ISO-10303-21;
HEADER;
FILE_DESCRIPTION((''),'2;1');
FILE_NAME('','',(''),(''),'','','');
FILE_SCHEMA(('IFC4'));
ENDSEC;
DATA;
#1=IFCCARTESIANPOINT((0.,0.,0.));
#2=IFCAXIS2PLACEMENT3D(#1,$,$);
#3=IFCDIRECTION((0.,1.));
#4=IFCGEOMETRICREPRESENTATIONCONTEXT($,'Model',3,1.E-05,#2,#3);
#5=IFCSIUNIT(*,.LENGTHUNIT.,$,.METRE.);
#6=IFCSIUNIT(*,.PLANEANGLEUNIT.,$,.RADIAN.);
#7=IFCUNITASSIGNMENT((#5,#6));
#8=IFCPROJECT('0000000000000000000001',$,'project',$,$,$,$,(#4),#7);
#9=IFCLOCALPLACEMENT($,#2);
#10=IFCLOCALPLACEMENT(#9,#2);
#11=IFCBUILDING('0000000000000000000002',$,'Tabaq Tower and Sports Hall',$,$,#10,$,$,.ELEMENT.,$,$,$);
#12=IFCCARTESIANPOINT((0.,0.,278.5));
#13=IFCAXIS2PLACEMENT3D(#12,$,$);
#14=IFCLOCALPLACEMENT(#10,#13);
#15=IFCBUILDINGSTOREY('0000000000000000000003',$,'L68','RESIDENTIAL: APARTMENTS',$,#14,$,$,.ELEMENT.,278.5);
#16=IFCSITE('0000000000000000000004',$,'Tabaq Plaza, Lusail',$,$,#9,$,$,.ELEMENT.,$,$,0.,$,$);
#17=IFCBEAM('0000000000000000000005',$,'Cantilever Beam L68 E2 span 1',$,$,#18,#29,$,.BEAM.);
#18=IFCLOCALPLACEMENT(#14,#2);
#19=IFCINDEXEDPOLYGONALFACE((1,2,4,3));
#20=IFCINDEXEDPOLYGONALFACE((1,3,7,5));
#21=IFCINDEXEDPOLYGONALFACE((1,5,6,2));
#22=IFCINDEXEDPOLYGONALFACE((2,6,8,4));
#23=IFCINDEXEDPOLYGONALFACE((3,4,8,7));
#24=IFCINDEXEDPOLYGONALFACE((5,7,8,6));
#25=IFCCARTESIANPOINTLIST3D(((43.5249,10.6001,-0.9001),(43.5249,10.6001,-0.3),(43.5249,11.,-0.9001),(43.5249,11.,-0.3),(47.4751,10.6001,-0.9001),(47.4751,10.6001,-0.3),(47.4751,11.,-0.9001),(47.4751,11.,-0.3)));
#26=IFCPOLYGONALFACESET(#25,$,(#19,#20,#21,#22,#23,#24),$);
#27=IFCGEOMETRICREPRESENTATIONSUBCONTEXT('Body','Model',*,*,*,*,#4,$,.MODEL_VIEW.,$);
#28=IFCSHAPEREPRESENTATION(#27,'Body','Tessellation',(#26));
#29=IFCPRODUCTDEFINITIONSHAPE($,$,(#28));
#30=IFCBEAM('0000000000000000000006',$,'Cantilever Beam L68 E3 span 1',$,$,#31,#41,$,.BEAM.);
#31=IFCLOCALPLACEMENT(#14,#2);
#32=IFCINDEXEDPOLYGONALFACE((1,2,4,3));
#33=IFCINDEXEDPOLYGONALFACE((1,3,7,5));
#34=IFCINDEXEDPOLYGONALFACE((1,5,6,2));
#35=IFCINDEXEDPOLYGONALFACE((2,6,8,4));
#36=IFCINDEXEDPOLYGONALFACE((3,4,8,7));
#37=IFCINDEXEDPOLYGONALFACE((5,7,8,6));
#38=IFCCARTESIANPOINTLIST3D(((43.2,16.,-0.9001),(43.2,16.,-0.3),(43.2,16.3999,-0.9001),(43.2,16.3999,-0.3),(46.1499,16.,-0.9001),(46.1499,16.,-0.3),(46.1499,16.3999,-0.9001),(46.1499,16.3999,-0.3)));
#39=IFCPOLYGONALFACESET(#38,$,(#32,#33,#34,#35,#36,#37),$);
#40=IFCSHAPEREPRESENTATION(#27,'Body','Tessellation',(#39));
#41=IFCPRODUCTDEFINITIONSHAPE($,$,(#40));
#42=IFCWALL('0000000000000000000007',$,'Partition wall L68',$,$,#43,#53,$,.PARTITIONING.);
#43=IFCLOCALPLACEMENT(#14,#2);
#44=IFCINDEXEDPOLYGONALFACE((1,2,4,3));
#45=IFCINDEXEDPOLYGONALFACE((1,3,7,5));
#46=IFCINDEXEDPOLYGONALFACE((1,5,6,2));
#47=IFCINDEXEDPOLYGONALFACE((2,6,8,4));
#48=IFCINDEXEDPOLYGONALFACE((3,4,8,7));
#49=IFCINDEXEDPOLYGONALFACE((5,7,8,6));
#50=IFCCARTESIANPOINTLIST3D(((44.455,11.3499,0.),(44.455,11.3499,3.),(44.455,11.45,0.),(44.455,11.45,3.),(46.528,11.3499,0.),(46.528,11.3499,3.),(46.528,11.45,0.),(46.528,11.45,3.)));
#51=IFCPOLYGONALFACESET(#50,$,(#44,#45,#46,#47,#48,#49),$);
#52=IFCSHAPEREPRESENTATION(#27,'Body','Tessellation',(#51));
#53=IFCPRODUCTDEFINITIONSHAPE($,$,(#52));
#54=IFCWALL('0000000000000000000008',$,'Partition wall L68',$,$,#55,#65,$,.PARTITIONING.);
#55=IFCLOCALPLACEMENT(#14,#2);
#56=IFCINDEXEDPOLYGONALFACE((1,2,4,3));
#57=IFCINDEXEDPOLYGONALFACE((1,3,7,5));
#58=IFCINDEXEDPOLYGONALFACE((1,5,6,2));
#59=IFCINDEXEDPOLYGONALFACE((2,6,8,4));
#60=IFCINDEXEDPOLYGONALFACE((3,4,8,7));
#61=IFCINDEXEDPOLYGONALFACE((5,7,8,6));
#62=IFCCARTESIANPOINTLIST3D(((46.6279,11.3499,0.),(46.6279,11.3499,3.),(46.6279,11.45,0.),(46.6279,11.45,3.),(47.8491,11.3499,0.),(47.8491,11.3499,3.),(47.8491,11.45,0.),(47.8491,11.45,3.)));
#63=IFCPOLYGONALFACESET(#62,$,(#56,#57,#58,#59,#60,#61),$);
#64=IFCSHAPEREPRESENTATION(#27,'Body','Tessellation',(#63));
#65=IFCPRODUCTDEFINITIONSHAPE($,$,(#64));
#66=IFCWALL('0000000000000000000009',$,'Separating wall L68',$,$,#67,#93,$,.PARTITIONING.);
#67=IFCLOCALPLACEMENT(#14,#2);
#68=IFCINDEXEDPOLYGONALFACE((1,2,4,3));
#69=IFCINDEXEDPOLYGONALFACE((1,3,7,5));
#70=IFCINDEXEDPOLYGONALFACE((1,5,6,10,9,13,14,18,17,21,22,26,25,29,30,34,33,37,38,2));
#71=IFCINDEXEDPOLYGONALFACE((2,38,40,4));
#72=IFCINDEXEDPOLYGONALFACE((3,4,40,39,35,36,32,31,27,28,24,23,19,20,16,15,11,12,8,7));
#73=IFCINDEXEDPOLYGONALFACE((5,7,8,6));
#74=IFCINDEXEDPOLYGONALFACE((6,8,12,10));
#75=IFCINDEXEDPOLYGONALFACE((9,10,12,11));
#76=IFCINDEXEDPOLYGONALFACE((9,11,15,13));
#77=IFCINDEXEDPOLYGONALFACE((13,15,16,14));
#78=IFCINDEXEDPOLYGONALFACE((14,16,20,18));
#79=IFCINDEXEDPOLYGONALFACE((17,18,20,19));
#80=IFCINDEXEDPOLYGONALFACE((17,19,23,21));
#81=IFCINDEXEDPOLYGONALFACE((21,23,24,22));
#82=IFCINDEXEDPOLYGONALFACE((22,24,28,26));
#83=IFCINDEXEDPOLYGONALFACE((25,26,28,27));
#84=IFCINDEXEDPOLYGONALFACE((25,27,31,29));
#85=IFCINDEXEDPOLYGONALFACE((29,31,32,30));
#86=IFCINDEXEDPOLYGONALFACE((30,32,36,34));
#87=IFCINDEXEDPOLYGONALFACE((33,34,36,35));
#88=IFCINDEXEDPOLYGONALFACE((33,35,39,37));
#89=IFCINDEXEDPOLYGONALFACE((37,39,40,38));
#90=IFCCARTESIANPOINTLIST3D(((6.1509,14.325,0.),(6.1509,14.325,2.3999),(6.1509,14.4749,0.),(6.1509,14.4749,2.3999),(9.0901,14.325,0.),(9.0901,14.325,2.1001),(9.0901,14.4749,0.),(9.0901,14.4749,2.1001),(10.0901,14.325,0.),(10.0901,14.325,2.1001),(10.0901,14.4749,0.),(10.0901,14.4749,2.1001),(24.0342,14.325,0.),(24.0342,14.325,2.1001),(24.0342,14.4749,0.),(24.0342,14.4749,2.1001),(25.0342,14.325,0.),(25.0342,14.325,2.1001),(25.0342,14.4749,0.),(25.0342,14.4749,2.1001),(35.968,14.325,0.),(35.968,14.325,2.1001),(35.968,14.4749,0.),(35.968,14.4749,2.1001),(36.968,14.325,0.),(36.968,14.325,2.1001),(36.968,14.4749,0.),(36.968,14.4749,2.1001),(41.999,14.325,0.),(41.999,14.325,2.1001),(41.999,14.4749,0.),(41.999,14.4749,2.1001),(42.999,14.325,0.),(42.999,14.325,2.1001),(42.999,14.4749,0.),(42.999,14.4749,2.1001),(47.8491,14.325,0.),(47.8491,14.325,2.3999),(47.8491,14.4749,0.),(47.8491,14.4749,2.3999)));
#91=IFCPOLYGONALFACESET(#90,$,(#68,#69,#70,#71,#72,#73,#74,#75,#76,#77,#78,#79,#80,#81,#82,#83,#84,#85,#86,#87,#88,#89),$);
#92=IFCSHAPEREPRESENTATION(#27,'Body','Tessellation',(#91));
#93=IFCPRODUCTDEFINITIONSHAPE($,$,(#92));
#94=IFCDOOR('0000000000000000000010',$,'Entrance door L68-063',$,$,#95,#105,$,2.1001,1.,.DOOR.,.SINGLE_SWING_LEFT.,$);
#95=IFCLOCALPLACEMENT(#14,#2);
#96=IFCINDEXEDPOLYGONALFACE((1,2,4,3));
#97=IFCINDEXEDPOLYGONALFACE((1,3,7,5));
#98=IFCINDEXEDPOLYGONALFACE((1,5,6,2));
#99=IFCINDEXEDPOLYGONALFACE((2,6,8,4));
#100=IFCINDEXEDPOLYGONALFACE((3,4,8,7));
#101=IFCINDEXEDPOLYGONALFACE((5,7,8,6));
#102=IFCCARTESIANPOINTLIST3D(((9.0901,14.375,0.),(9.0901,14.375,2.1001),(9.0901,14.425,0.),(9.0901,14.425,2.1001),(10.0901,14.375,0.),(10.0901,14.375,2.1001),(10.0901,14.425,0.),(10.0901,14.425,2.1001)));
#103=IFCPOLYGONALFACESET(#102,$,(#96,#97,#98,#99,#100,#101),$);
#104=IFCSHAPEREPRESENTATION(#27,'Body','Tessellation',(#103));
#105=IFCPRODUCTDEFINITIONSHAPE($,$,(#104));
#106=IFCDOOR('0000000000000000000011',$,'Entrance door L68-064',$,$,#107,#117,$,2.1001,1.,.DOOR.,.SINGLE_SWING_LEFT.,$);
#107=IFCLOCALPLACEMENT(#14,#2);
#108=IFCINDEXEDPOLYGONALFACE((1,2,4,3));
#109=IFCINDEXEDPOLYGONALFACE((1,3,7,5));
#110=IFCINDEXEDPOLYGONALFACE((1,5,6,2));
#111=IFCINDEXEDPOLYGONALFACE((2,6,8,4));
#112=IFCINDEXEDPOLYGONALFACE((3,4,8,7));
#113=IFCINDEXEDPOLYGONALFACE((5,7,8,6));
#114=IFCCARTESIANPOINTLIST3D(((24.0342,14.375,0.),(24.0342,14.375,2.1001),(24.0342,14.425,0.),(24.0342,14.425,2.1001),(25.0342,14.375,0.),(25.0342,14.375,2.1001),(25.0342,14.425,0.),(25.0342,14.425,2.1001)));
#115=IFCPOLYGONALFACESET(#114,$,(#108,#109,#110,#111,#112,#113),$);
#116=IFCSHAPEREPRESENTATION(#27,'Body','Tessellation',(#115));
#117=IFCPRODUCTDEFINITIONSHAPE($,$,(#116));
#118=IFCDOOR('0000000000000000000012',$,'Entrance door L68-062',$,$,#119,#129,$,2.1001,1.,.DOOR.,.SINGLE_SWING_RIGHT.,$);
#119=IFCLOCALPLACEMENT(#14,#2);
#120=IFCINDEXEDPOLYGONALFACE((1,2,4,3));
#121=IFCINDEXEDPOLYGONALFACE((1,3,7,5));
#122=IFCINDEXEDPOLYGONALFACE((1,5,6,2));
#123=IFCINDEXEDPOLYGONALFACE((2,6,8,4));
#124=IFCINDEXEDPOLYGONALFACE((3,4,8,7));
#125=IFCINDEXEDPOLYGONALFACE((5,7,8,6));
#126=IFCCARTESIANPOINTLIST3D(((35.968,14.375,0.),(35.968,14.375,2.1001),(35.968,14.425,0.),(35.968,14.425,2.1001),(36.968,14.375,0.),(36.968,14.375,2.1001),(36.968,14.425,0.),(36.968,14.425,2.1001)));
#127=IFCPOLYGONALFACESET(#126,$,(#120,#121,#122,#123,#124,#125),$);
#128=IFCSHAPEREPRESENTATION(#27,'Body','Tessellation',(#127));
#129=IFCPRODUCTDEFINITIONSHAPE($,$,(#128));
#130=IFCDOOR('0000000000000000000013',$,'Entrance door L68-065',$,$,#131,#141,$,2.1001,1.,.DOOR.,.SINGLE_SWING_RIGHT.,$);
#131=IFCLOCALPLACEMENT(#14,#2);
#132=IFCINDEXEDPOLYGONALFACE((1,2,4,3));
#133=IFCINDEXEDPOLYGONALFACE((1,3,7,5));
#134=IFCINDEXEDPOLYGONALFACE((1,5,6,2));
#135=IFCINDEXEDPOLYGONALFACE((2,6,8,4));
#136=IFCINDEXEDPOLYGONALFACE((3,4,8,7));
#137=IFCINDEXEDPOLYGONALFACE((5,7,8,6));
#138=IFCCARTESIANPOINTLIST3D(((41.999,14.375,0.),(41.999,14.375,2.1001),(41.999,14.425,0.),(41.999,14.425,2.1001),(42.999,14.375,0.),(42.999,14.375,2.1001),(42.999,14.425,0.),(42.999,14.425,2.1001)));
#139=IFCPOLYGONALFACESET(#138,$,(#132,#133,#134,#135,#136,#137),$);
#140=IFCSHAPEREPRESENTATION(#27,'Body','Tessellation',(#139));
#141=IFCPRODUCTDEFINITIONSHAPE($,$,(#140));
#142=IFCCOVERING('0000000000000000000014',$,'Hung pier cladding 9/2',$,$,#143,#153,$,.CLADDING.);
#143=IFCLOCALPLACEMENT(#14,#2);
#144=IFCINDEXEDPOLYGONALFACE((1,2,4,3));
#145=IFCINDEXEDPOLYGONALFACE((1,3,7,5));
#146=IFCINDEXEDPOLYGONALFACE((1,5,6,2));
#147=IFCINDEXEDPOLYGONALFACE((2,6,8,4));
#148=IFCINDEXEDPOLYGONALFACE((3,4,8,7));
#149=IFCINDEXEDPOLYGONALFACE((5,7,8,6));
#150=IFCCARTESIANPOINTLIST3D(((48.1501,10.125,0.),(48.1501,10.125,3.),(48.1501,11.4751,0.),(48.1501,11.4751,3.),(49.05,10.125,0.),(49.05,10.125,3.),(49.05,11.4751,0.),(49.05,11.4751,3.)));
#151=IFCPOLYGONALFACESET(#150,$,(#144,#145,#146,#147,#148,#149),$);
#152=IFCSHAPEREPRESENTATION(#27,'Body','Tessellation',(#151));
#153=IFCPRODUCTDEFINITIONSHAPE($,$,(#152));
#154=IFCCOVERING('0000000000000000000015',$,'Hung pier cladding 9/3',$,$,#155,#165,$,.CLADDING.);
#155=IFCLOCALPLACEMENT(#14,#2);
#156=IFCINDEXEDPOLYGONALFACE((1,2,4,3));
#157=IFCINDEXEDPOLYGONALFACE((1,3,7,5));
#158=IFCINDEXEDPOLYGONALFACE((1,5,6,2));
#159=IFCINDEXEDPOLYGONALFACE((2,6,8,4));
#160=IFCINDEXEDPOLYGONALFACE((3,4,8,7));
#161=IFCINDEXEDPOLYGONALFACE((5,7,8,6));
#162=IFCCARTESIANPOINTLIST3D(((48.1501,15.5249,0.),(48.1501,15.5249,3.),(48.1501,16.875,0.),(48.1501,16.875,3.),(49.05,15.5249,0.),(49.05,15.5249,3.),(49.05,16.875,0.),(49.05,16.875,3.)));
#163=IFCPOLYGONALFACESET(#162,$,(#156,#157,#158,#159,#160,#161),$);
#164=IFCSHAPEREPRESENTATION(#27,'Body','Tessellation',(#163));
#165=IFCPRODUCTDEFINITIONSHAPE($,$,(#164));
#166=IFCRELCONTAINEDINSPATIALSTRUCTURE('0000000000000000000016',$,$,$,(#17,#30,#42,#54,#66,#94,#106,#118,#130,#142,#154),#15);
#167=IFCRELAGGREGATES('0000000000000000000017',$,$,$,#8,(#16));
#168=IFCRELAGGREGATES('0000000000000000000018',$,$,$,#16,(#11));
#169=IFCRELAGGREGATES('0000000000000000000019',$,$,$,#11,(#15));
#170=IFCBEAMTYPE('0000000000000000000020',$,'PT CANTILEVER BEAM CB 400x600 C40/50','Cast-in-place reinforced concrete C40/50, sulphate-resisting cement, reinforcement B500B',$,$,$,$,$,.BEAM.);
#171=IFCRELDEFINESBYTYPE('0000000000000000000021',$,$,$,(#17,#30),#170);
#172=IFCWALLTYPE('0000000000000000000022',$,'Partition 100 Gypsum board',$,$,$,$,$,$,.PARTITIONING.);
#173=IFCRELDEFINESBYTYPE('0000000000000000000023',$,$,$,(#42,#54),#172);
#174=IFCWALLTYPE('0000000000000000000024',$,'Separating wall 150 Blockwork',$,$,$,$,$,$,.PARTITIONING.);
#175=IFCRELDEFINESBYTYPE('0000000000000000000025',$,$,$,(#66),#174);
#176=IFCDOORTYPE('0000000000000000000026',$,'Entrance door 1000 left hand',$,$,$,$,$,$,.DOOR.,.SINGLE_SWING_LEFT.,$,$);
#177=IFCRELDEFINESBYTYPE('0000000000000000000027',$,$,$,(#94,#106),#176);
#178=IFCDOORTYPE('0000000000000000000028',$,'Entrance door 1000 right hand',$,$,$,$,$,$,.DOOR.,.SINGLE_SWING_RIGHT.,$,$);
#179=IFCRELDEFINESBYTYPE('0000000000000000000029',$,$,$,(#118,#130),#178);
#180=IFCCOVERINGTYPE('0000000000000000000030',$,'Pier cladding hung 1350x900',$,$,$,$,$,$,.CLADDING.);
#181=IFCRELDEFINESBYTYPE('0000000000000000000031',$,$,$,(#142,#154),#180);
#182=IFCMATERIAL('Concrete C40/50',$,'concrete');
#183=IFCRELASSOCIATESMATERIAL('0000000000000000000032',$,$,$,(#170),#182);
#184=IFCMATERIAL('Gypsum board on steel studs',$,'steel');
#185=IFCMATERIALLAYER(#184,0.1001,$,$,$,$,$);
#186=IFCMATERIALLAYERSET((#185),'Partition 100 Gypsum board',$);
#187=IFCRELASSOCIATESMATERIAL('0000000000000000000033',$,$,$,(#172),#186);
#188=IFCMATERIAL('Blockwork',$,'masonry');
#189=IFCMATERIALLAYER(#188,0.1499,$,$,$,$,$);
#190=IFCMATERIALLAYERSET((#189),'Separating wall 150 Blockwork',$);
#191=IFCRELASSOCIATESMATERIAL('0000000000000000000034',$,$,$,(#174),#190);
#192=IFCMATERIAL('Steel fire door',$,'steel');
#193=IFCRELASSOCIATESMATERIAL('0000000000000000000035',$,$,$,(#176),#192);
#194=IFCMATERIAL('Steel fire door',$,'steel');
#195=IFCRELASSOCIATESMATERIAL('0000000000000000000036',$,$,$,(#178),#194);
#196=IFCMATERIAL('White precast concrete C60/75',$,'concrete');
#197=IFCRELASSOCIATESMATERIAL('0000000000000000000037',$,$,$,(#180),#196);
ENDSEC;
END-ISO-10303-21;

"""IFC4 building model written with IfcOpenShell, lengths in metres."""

from ifc_helpers import new_model, si_unit, direction, frame, frame_2d, origin, origin_2d, place, context, subcontext, project, spatial, rectangle, extrude, material, layer, layer_set, material_profile, profile_set, type_object, element, fill, save


model = new_model("IFC4")

# Units and contexts
model_context = context("Model", 3, precision=1e-05, world=origin(), true_north=direction((0.0, 1.0)))
body_context = subcontext(model_context, "Body", "Model", "MODEL_VIEW")
ifc_project = project(units=[si_unit("LENGTHUNIT", "METRE"), si_unit("PLANEANGLEUNIT", "RADIAN")], contexts=[model_context])

# Site, building, storey
site_placement = place(None, origin())
site = spatial("IfcSite", under=ifc_project, at=site_placement, Name="Tabaq Plaza, Lusail", CompositionType="ELEMENT", RefElevation=0.0)
building_placement = place(site_placement, origin())
building = spatial("IfcBuilding", under=site, at=building_placement, Name="Tabaq Tower and Sports Hall", CompositionType="ELEMENT")
storey_placement = place(building_placement, frame((0.0, 0.0, 278.5)))
storey = spatial("IfcBuildingStorey", under=building, at=storey_placement, Name="L68", Description="RESIDENTIAL: APARTMENTS", CompositionType="ELEMENT", Elevation=278.5)

# Beams
ifc_material_1 = material(Name="Concrete C40/50", Category="concrete")
ifc_material_profile = material_profile(ifc_material_1, rectangle(XDim=0.3999, YDim=0.6001, at=origin_2d()), Name="CB 400x600")
ifc_profile_set = profile_set([ifc_material_profile], Name="Concrete C40/50")
beam_type = type_object("IfcBeamType", Name="PT CANTILEVER BEAM CB 400x600 C40/50", Description="Cast-in-place reinforced concrete C40/50, sulphate-resisting cement, reinforcement B500B", PredefinedType="BEAM", material=ifc_profile_set)
beam_1_placement = place(storey_placement, frame((47.4751, 10.8, -0.6001), z_axis=(-1.0, 0.0, 0.0), x_axis=(0.0, -1.0, 0.0)))
element("IfcBeam", 1, at=beam_1_placement, inside=storey, type_object=beam_type, Name="Cantilever Beam L68 E2 span 1", PredefinedType="BEAM", context=body_context, shape_type="SweptSolid", body=[
    extrude(rectangle(XDim=0.3999, YDim=0.6001, at=origin_2d()), origin(), (0.0, 0.0, 1.0), 3.9502),
])
beam_2_placement = place(storey_placement, frame((46.1499, 16.2, -0.6001), z_axis=(-1.0, 0.0, 0.0), x_axis=(0.0, -1.0, 0.0)))
element("IfcBeam", 2, at=beam_2_placement, inside=storey, type_object=beam_type, Name="Cantilever Beam L68 E3 span 1", PredefinedType="BEAM", context=body_context, shape_type="SweptSolid", body=[
    extrude(rectangle(XDim=0.3999, YDim=0.6001, at=origin_2d()), origin(), (0.0, 0.0, 1.0), 2.95),
])

# Walls
ifc_material_2 = material(Name="Gypsum board on steel studs", Category="steel")
ifc_layer_1 = layer(ifc_material_2, 0.1001)
ifc_layer_set_1 = layer_set([ifc_layer_1], Name="Partition 100 Gypsum board")
wall_type_1 = type_object("IfcWallType", Name="Partition 100 Gypsum board", PredefinedType="PARTITIONING", material=ifc_layer_set_1)
wall_1_placement = place(storey_placement, frame((46.5281, 11.3999, 0.0), z_axis=(0.0, 0.0, 1.0), x_axis=(-1.0, 0.0, 0.0)))
element("IfcWall", 3, at=wall_1_placement, inside=storey, type_object=wall_type_1, Name="Partition wall L68", PredefinedType="PARTITIONING", context=body_context, shape_type="SweptSolid", body=[
    extrude(rectangle(XDim=2.073, YDim=0.1001, at=frame_2d((1.0366, 0.0))), origin(), (0.0, 0.0, 1.0), 3.0),
])
wall_2_placement = place(storey_placement, frame((47.8491, 11.3999, 0.0), z_axis=(0.0, 0.0, 1.0), x_axis=(-1.0, 0.0, 0.0)))
element("IfcWall", 4, at=wall_2_placement, inside=storey, type_object=wall_type_1, Name="Partition wall L68", PredefinedType="PARTITIONING", context=body_context, shape_type="SweptSolid", body=[
    extrude(rectangle(XDim=1.2212, YDim=0.1001, at=frame_2d((0.6106, 0.0))), origin(), (0.0, 0.0, 1.0), 3.0),
])

# Wall, openings, doors
ifc_material_3 = material(Name="Blockwork", Category="masonry")
ifc_layer_2 = layer(ifc_material_3, 0.1499)
ifc_layer_set_2 = layer_set([ifc_layer_2], Name="Separating wall 150 Blockwork")
wall_type_2 = type_object("IfcWallType", Name="Separating wall 150 Blockwork", PredefinedType="PARTITIONING", material=ifc_layer_set_2)
wall_3_placement = place(storey_placement, frame((47.8491, 14.3999, 0.0), z_axis=(0.0, 0.0, 1.0), x_axis=(-1.0, 0.0, 0.0)))
wall_3 = element("IfcWall", 5, at=wall_3_placement, inside=storey, type_object=wall_type_2, Name="Separating wall L68", PredefinedType="PARTITIONING", context=body_context, shape_type="SweptSolid", body=[
    extrude(rectangle(XDim=41.6982, YDim=0.1499, at=frame_2d((20.8491, 0.0))), origin(), (0.0, 0.0, 1.0), 2.3999),
])
opening_1_placement = place(wall_3_placement, frame((10.8811, 0.0, 0.0)))
opening_1 = element("IfcOpeningElement", 6, at=opening_1_placement, cuts=wall_3, PredefinedType="OPENING", context=body_context, shape_type="SweptSolid", body=[
    extrude(rectangle(XDim=1.0, YDim=2.1001, at=frame_2d((0.5, 1.05))), frame((0.0, 0.075, 0.0), z_axis=(0.0, -1.0, 0.0), x_axis=(1.0, 0.0, 0.0)), (0.0, 0.0, 1.0), 0.1499),
])
opening_2_placement = place(wall_3_placement, frame((37.759, 0.0, 0.0)))
opening_2 = element("IfcOpeningElement", 7, at=opening_2_placement, cuts=wall_3, PredefinedType="OPENING", context=body_context, shape_type="SweptSolid", body=[
    extrude(rectangle(XDim=1.0, YDim=2.1001, at=frame_2d((0.5, 1.05))), frame((0.0, 0.075, 0.0), z_axis=(0.0, -1.0, 0.0), x_axis=(1.0, 0.0, 0.0)), (0.0, 0.0, 1.0), 0.1499),
])
opening_3_placement = place(wall_3_placement, frame((22.8149, 0.0, 0.0)))
opening_3 = element("IfcOpeningElement", 8, at=opening_3_placement, cuts=wall_3, PredefinedType="OPENING", context=body_context, shape_type="SweptSolid", body=[
    extrude(rectangle(XDim=1.0, YDim=2.1001, at=frame_2d((0.5, 1.05))), frame((0.0, 0.075, 0.0), z_axis=(0.0, -1.0, 0.0), x_axis=(1.0, 0.0, 0.0)), (0.0, 0.0, 1.0), 0.1499),
])
opening_4_placement = place(wall_3_placement, frame((4.8501, 0.0, 0.0)))
opening_4 = element("IfcOpeningElement", 9, at=opening_4_placement, cuts=wall_3, PredefinedType="OPENING", context=body_context, shape_type="SweptSolid", body=[
    extrude(rectangle(XDim=1.0, YDim=2.1001, at=frame_2d((0.5, 1.05))), frame((0.0, 0.075, 0.0), z_axis=(0.0, -1.0, 0.0), x_axis=(1.0, 0.0, 0.0)), (0.0, 0.0, 1.0), 0.1499),
])
ifc_material_4 = material(Name="Steel fire door", Category="steel")
door_type_1 = type_object("IfcDoorType", Name="Entrance door 1000 left hand", OperationType="SINGLE_SWING_LEFT", PredefinedType="DOOR", material=ifc_material_4)
door_1_placement = place(opening_2_placement, origin())
door_1 = element("IfcDoor", 10, at=door_1_placement, inside=storey, type_object=door_type_1, Name="Entrance door L68-063", OperationType="SINGLE_SWING_LEFT", OverallHeight=2.1001, OverallWidth=1.0, PredefinedType="DOOR", context=body_context, shape_type="SweptSolid", body=[
    extrude(rectangle(XDim=1.0, YDim=2.1001, at=frame_2d((0.5, 1.05))), frame((0.0, 0.0249, 0.0), z_axis=(0.0, -1.0, 0.0), x_axis=(1.0, 0.0, 0.0)), (0.0, 0.0, 1.0), 0.05),
])
fill(opening_2, door_1)
door_2_placement = place(opening_3_placement, origin())
door_2 = element("IfcDoor", 11, at=door_2_placement, inside=storey, type_object=door_type_1, Name="Entrance door L68-064", OperationType="SINGLE_SWING_LEFT", OverallHeight=2.1001, OverallWidth=1.0, PredefinedType="DOOR", context=body_context, shape_type="SweptSolid", body=[
    extrude(rectangle(XDim=1.0, YDim=2.1001, at=frame_2d((0.5, 1.05))), frame((0.0, 0.0249, 0.0), z_axis=(0.0, -1.0, 0.0), x_axis=(1.0, 0.0, 0.0)), (0.0, 0.0, 1.0), 0.05),
])
fill(opening_3, door_2)
ifc_material_5 = material(Name="Steel fire door", Category="steel")
door_type_2 = type_object("IfcDoorType", Name="Entrance door 1000 right hand", OperationType="SINGLE_SWING_RIGHT", PredefinedType="DOOR", material=ifc_material_5)
door_3_placement = place(opening_1_placement, origin())
door_3 = element("IfcDoor", 12, at=door_3_placement, inside=storey, type_object=door_type_2, Name="Entrance door L68-062", OperationType="SINGLE_SWING_RIGHT", OverallHeight=2.1001, OverallWidth=1.0, PredefinedType="DOOR", context=body_context, shape_type="SweptSolid", body=[
    extrude(rectangle(XDim=1.0, YDim=2.1001, at=frame_2d((0.5, 1.05))), frame((0.0, 0.0249, 0.0), z_axis=(0.0, -1.0, 0.0), x_axis=(1.0, 0.0, 0.0)), (0.0, 0.0, 1.0), 0.05),
])
fill(opening_1, door_3)
door_4_placement = place(opening_4_placement, origin())
door_4 = element("IfcDoor", 13, at=door_4_placement, inside=storey, type_object=door_type_2, Name="Entrance door L68-065", OperationType="SINGLE_SWING_RIGHT", OverallHeight=2.1001, OverallWidth=1.0, PredefinedType="DOOR", context=body_context, shape_type="SweptSolid", body=[
    extrude(rectangle(XDim=1.0, YDim=2.1001, at=frame_2d((0.5, 1.05))), frame((0.0, 0.0249, 0.0), z_axis=(0.0, -1.0, 0.0), x_axis=(1.0, 0.0, 0.0)), (0.0, 0.0, 1.0), 0.05),
])
fill(opening_4, door_4)

# Coverings
ifc_material_6 = material(Name="White precast concrete C60/75", Category="concrete")
covering_type_1 = type_object("IfcCoveringType", Name="Pier cladding hung 1350x900", PredefinedType="CLADDING", material=ifc_material_6)
for number, where, z_axis, x_axis, name in (
    (14, (48.6001, 10.125, 0.0), (0.0, 0.0, 1.0), (0.0, 1.0, 0.0), "Hung pier cladding 9/2"),
    (15, (48.6001, 15.5249, 0.0), (0.0, 0.0, 1.0), (0.0, 1.0, 0.0), "Hung pier cladding 9/3"),
):
    element("IfcCovering", number, at=place(storey_placement, frame(where, z_axis=z_axis, x_axis=x_axis)), inside=storey, type_object=covering_type_1, Name=name, PredefinedType="CLADDING", context=body_context, shape_type="SweptSolid", body=[
        extrude(rectangle(XDim=1.3501, YDim=0.8999, at=frame_2d((0.675, 0.0))), origin(), (0.0, 0.0, 1.0), 3.0),
    ])

save(model, "model.ifc")
